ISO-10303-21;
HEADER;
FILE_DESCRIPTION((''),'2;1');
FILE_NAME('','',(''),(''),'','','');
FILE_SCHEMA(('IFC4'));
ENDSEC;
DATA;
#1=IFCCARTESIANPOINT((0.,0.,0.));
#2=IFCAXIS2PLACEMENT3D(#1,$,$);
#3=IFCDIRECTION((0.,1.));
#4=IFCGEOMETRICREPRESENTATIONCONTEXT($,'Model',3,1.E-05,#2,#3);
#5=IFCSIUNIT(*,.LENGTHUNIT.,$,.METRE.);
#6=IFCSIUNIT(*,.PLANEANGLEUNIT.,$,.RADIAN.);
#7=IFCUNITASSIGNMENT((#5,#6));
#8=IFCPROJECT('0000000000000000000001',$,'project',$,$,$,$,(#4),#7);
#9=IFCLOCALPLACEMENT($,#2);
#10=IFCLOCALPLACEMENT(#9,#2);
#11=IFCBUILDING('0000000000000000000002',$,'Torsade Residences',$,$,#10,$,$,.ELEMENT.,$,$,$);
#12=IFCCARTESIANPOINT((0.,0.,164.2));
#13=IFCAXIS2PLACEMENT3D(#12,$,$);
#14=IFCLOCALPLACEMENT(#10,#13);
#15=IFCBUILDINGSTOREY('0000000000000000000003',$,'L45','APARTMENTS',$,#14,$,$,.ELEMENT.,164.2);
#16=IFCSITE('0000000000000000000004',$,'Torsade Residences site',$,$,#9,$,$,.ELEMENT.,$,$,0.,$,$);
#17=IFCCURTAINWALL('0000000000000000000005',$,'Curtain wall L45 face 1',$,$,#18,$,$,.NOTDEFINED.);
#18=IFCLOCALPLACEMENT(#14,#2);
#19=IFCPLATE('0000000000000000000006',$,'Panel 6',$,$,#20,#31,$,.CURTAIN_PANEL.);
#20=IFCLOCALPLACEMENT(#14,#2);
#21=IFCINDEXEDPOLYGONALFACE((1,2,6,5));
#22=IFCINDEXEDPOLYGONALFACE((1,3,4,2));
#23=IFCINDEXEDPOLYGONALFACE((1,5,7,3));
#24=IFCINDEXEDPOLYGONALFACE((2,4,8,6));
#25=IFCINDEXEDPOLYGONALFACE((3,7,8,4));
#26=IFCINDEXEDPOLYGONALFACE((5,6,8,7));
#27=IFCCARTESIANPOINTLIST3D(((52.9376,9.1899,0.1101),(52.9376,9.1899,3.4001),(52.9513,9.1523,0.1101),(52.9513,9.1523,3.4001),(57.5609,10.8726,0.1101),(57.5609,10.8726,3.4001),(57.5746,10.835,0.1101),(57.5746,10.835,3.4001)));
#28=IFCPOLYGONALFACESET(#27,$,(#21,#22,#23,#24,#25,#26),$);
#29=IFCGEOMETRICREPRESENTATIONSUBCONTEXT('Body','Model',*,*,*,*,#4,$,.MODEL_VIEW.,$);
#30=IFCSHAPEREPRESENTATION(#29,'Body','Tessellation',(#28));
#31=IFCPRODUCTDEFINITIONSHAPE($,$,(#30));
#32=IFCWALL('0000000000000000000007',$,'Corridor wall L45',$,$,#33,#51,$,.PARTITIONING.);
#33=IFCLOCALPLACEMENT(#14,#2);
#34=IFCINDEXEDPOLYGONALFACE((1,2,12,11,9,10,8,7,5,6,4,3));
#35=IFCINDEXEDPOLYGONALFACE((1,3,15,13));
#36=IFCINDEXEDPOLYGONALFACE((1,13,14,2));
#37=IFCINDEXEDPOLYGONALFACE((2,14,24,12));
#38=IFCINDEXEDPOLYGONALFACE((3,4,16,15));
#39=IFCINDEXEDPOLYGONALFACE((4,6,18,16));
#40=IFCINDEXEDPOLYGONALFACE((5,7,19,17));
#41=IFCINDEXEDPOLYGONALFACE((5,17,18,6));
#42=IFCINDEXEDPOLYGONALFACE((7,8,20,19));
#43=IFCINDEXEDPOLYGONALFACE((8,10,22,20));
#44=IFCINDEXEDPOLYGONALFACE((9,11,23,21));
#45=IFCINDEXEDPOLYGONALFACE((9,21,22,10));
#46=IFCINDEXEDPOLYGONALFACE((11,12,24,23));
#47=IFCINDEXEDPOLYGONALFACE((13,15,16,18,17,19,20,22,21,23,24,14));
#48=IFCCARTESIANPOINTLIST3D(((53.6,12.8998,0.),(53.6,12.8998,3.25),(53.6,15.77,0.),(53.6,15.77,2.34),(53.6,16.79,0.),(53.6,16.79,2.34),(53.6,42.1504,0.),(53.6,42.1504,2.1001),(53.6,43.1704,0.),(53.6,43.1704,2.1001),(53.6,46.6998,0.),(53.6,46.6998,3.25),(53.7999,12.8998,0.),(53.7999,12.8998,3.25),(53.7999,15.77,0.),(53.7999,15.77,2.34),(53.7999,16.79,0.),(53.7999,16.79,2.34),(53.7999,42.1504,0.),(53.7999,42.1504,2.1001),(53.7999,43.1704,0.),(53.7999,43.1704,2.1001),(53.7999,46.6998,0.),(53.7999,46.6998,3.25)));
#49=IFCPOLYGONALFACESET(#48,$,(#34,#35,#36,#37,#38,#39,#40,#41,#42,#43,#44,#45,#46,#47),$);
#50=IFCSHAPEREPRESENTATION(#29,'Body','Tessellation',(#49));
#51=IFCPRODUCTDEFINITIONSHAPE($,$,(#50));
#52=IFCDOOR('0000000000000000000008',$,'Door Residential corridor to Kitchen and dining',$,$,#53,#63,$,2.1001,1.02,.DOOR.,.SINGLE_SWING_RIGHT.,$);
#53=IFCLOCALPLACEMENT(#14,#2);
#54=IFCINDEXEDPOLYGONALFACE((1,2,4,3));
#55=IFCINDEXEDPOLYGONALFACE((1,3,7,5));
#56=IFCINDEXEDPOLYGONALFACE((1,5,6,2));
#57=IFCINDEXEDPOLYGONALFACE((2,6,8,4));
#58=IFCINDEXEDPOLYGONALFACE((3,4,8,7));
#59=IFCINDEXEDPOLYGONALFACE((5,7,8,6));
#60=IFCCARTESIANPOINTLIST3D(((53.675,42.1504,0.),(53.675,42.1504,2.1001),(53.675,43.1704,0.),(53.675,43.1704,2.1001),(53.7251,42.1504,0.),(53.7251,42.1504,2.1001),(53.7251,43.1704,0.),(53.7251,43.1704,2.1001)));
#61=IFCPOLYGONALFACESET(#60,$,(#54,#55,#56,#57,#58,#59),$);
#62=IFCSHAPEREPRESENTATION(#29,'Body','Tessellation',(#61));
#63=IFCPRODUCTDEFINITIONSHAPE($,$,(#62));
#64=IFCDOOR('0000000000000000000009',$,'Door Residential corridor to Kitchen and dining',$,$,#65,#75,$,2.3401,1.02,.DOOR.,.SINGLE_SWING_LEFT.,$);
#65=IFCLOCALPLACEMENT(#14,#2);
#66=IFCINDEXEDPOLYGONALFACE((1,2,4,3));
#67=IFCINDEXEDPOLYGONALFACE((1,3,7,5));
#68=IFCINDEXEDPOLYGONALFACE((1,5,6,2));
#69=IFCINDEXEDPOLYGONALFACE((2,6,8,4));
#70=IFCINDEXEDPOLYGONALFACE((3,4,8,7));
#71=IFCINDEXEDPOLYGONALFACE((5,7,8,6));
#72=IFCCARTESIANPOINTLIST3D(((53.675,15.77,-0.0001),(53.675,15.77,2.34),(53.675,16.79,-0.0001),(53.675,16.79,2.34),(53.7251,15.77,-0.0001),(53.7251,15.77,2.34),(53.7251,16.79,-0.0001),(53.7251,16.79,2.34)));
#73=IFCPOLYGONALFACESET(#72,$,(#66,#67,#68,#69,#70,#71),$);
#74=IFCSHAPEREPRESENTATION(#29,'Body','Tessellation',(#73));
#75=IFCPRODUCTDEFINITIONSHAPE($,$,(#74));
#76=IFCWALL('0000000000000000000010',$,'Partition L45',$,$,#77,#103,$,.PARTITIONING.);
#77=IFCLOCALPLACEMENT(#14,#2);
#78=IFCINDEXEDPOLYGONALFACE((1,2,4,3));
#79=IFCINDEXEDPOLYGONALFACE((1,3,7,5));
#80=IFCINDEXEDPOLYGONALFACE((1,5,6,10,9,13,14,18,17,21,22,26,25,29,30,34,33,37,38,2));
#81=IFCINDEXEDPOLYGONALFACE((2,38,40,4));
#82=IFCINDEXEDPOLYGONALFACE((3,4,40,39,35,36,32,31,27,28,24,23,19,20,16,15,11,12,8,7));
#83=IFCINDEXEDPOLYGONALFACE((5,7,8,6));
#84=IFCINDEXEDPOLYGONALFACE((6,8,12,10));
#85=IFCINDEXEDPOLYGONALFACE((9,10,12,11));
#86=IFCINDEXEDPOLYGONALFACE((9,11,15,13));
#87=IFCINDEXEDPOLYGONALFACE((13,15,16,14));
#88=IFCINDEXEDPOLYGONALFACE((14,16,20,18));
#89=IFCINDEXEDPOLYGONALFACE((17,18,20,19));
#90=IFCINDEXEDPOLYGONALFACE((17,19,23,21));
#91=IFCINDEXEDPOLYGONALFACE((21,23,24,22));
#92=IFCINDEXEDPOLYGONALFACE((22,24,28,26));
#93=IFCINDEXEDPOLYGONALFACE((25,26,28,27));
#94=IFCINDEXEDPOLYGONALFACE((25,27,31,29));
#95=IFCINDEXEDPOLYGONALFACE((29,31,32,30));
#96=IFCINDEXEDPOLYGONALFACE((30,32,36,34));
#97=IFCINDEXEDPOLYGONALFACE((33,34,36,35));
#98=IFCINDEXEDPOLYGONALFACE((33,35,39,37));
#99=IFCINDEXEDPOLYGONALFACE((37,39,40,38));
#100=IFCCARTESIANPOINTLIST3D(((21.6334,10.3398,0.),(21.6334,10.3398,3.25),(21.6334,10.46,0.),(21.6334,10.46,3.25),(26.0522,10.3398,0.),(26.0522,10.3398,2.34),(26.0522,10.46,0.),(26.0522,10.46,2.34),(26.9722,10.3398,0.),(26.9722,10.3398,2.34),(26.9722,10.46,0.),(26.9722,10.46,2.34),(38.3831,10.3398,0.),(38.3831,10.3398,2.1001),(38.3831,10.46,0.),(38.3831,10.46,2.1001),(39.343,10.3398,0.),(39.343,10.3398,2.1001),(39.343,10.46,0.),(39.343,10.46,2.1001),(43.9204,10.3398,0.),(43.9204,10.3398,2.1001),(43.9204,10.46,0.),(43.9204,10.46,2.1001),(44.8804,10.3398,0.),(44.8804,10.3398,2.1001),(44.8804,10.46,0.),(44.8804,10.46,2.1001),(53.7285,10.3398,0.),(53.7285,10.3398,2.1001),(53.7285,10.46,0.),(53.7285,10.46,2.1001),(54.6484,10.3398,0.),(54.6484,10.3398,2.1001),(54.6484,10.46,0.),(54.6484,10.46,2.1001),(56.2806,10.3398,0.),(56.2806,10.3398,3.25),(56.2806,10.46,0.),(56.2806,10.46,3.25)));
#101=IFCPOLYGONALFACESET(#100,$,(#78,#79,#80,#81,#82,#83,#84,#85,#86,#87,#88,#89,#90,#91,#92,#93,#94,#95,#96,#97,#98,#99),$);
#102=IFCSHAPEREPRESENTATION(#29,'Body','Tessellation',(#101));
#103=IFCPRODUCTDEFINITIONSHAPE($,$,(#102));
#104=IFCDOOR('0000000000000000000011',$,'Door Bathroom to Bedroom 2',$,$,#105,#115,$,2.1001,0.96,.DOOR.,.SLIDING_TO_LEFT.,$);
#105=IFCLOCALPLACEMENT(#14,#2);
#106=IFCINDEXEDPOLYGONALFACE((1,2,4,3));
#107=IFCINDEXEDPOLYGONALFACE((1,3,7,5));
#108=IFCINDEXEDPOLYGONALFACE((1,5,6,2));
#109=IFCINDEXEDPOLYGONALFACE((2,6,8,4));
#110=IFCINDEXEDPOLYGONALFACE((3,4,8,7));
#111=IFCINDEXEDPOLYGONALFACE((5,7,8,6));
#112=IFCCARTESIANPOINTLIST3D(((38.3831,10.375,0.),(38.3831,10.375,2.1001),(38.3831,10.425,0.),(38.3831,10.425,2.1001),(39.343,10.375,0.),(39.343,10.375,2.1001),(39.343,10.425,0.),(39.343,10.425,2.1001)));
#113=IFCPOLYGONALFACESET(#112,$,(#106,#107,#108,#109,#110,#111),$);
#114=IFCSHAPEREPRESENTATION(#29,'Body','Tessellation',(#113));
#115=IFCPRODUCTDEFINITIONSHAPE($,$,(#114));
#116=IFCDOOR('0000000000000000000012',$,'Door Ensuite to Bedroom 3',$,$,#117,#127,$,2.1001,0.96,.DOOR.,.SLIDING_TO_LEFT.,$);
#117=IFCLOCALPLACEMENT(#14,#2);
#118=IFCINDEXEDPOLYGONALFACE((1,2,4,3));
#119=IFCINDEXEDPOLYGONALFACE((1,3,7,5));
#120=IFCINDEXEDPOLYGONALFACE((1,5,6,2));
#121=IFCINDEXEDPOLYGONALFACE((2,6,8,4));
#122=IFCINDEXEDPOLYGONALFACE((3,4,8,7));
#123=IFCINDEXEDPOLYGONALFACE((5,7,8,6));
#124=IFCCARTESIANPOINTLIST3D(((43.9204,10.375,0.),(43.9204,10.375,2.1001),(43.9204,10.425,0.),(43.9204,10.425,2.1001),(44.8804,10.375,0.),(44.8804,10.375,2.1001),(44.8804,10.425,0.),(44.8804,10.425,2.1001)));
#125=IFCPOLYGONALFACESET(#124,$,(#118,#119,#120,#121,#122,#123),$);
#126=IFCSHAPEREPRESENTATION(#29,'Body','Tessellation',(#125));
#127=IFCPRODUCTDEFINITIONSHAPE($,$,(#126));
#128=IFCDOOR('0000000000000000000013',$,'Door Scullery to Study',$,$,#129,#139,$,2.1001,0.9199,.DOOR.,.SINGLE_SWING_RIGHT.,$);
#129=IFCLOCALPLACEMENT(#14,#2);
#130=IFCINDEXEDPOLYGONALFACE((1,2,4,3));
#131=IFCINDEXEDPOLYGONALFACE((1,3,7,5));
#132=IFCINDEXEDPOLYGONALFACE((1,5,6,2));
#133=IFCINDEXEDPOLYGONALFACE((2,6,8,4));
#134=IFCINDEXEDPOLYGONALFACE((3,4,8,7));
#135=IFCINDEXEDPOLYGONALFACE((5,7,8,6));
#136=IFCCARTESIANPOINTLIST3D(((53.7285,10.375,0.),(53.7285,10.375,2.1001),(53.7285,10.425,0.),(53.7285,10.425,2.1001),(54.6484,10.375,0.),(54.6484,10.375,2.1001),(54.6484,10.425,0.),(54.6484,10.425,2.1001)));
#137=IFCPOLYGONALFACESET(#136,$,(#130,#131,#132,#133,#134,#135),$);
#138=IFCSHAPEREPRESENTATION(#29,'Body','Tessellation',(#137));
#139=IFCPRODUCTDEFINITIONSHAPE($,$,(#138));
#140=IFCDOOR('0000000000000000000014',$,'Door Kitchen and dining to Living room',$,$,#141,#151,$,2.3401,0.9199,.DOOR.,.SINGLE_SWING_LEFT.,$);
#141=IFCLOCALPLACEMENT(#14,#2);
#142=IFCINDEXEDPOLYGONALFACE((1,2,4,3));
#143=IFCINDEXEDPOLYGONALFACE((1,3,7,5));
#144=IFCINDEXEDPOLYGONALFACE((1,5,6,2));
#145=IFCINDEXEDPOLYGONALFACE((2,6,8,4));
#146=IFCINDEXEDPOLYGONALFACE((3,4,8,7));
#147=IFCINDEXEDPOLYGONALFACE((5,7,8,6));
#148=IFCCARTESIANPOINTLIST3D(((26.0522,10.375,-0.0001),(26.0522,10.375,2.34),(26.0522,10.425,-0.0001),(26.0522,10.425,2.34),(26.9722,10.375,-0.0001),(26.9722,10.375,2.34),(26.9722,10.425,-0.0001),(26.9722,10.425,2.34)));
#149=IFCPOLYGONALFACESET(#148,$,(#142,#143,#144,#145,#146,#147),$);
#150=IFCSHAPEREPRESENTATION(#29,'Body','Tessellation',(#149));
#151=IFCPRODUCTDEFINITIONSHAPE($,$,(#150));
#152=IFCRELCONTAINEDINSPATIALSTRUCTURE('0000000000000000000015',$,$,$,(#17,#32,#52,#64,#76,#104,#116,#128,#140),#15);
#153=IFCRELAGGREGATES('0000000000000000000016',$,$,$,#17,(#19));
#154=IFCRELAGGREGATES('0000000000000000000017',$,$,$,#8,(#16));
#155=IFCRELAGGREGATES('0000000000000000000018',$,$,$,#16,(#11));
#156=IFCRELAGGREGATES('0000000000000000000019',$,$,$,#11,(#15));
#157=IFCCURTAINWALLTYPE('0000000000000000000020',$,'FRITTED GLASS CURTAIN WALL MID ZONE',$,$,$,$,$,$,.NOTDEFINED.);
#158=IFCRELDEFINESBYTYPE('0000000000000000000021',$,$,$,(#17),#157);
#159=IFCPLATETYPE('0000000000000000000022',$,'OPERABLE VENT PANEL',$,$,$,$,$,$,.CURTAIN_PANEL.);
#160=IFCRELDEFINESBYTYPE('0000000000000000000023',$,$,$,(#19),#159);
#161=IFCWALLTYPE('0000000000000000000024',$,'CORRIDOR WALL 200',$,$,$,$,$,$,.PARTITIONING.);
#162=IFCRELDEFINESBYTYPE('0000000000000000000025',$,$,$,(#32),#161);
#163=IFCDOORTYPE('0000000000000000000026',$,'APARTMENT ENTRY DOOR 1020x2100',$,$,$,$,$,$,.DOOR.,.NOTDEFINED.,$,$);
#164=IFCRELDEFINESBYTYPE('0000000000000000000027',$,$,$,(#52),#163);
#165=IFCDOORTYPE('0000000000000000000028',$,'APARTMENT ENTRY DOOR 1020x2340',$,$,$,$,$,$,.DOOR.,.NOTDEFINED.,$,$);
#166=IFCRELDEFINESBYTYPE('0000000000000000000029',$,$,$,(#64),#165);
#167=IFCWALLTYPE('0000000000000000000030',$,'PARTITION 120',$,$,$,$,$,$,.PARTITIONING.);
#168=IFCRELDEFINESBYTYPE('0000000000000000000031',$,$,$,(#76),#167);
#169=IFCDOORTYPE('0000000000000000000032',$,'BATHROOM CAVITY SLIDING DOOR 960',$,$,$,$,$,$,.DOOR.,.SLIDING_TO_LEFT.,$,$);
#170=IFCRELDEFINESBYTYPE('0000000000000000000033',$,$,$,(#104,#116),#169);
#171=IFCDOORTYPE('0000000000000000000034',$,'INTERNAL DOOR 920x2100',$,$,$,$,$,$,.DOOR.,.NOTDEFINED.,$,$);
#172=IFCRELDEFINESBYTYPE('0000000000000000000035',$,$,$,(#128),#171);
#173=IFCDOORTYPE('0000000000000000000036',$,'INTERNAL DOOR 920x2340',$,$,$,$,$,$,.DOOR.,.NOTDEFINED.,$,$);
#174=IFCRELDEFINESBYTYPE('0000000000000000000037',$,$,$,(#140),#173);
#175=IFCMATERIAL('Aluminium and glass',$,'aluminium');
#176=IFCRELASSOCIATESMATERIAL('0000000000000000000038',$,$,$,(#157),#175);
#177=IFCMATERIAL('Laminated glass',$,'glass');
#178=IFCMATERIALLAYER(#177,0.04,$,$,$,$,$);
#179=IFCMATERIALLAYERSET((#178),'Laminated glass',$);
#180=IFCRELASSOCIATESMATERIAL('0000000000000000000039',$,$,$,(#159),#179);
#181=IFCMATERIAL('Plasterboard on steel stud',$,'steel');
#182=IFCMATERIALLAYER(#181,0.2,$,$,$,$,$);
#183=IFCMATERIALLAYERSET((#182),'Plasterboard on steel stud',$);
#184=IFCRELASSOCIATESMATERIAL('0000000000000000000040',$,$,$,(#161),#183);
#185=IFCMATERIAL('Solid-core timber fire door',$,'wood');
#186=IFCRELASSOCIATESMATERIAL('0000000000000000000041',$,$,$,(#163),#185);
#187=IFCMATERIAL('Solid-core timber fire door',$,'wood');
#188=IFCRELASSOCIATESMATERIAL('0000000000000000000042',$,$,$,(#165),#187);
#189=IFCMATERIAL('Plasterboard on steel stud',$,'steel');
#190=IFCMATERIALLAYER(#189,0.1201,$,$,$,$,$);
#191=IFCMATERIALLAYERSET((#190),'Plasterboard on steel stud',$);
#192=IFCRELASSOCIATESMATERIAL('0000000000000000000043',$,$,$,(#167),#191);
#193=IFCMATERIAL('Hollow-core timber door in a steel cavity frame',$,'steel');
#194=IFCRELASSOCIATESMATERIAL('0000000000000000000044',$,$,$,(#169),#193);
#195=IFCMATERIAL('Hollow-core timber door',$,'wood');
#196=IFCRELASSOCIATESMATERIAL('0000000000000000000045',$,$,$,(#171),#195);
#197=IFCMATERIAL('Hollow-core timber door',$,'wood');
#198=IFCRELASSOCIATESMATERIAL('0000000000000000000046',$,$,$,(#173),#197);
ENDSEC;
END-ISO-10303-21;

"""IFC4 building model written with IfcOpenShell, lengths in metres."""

from ifc_helpers import new_model, si_unit, direction, frame, frame_2d, origin, origin_2d, place, context, subcontext, project, spatial, rectangle, extrude, material, layer, layer_set, type_object, element, fill, aggregate, save


model = new_model("IFC4")

# Units and contexts
model_context = context("Model", 3, precision=1e-05, world=origin(), true_north=direction((0.0, 1.0)))
body_context = subcontext(model_context, "Body", "Model", "MODEL_VIEW")
ifc_project = project(units=[si_unit("LENGTHUNIT", "METRE"), si_unit("PLANEANGLEUNIT", "RADIAN")], contexts=[model_context])

# Site, building, storey
site_placement = place(None, origin())
site = spatial("IfcSite", under=ifc_project, at=site_placement, Name="Torsade Residences site", CompositionType="ELEMENT", RefElevation=0.0)
building_placement = place(site_placement, origin())
building = spatial("IfcBuilding", under=site, at=building_placement, Name="Torsade Residences", CompositionType="ELEMENT")
storey_placement = place(building_placement, frame((0.0, 0.0, 164.2)))
storey = spatial("IfcBuildingStorey", under=building, at=storey_placement, Name="L45", Description="APARTMENTS", CompositionType="ELEMENT", Elevation=164.2)

# Curtain wall
ifc_material_1 = material(Name="Aluminium and glass", Category="aluminium")
curtain_wall_type = type_object("IfcCurtainWallType", Name="FRITTED GLASS CURTAIN WALL MID ZONE", PredefinedType="NOTDEFINED", material=ifc_material_1)
curtain_wall_placement = place(storey_placement, origin())
curtain_wall = element("IfcCurtainWall", 1, at=curtain_wall_placement, inside=storey, type_object=curtain_wall_type, Name="Curtain wall L45 face 1", PredefinedType="NOTDEFINED")

# Plate
ifc_material_2 = material(Name="Laminated glass", Category="glass")
ifc_layer_1 = layer(ifc_material_2, 0.04)
ifc_layer_set_1 = layer_set([ifc_layer_1], Name="Laminated glass")
plate_type = type_object("IfcPlateType", Name="OPERABLE VENT PANEL", PredefinedType="CURTAIN_PANEL", material=ifc_layer_set_1)
plate_placement = place(storey_placement, frame((55.2561, 10.0125, 0.1101), z_axis=(0.0, 0.0, 1.0), x_axis=(0.939693, 0.34202, 0.0)))
plate = element("IfcPlate", 2, at=plate_placement, type_object=plate_type, Name="Panel 6", PredefinedType="CURTAIN_PANEL", context=body_context, shape_type="SweptSolid", body=[
    extrude(rectangle(XDim=4.9199, YDim=0.04, at=origin_2d()), origin(), (0.0, 0.0, 1.0), 3.29),
])
aggregate(curtain_wall, [plate])

# Walls, openings, doors
ifc_material_3 = material(Name="Plasterboard on steel stud", Category="steel")
ifc_layer_2 = layer(ifc_material_3, 0.2)
ifc_layer_set_2 = layer_set([ifc_layer_2], Name="Plasterboard on steel stud")
wall_type_1 = type_object("IfcWallType", Name="CORRIDOR WALL 200", PredefinedType="PARTITIONING", material=ifc_layer_set_2)
wall_1_placement = place(storey_placement, frame((53.7, 12.8999, 0.0), z_axis=(0.0, 0.0, 1.0), x_axis=(0.0, 1.0, 0.0)))
wall_1 = element("IfcWall", 3, at=wall_1_placement, inside=storey, type_object=wall_type_1, Name="Corridor wall L45", PredefinedType="PARTITIONING", context=body_context, shape_type="SweptSolid", body=[
    extrude(rectangle(XDim=33.8, YDim=0.2, at=frame_2d((16.8999, 0.0))), origin(), (0.0, 0.0, 1.0), 3.25),
])
opening_1_placement = place(wall_1_placement, frame((29.2505, 0.0, 0.0)))
opening_1 = element("IfcOpeningElement", 4, at=opening_1_placement, cuts=wall_1, PredefinedType="OPENING", context=body_context, shape_type="SweptSolid", body=[
    extrude(rectangle(XDim=1.02, YDim=2.1001, at=frame_2d((0.51, 1.05))), frame((0.0, 0.1099, 0.0), z_axis=(0.0, -1.0, 0.0), x_axis=(1.0, 0.0, 0.0)), (0.0, 0.0, 1.0), 0.22),
])
opening_2_placement = place(wall_1_placement, frame((2.8701, 0.0, 0.0)))
opening_2 = element("IfcOpeningElement", 5, at=opening_2_placement, cuts=wall_1, PredefinedType="OPENING", context=body_context, shape_type="SweptSolid", body=[
    extrude(rectangle(XDim=1.02, YDim=2.3401, at=frame_2d((0.51, 1.1699))), frame((0.0, 0.1099, 0.0), z_axis=(0.0, -1.0, 0.0), x_axis=(1.0, 0.0, 0.0)), (0.0, 0.0, 1.0), 0.22),
])
ifc_material_4 = material(Name="Solid-core timber fire door", Category="wood")
door_type_1 = type_object("IfcDoorType", Name="APARTMENT ENTRY DOOR 1020x2100", OperationType="NOTDEFINED", PredefinedType="DOOR", material=ifc_material_4)
door_1_placement = place(opening_1_placement, origin())
door_1 = element("IfcDoor", 6, at=door_1_placement, inside=storey, type_object=door_type_1, Name="Door Residential corridor to Kitchen and dining", OperationType="SINGLE_SWING_RIGHT", OverallHeight=2.1001, OverallWidth=1.02, PredefinedType="DOOR", context=body_context, shape_type="SweptSolid", body=[
    extrude(rectangle(XDim=1.02, YDim=2.1001, at=frame_2d((0.51, 1.05))), frame((0.0, 0.0249, 0.0), z_axis=(0.0, -1.0, 0.0), x_axis=(1.0, 0.0, 0.0)), (0.0, 0.0, 1.0), 0.05),
])
fill(opening_1, door_1)
ifc_material_5 = material(Name="Solid-core timber fire door", Category="wood")
door_type_2 = type_object("IfcDoorType", Name="APARTMENT ENTRY DOOR 1020x2340", OperationType="NOTDEFINED", PredefinedType="DOOR", material=ifc_material_5)
door_2_placement = place(opening_2_placement, origin())
door_2 = element("IfcDoor", 7, at=door_2_placement, inside=storey, type_object=door_type_2, Name="Door Residential corridor to Kitchen and dining", OperationType="SINGLE_SWING_LEFT", OverallHeight=2.3401, OverallWidth=1.02, PredefinedType="DOOR", context=body_context, shape_type="SweptSolid", body=[
    extrude(rectangle(XDim=1.02, YDim=2.3401, at=frame_2d((0.51, 1.1699))), frame((0.0, 0.0249, 0.0), z_axis=(0.0, -1.0, 0.0), x_axis=(1.0, 0.0, 0.0)), (0.0, 0.0, 1.0), 0.05),
])
fill(opening_2, door_2)
ifc_material_6 = material(Name="Plasterboard on steel stud", Category="steel")
ifc_layer_3 = layer(ifc_material_6, 0.1201)
ifc_layer_set_3 = layer_set([ifc_layer_3], Name="Plasterboard on steel stud")
wall_type_2 = type_object("IfcWallType", Name="PARTITION 120", PredefinedType="PARTITIONING", material=ifc_layer_set_3)
wall_2_placement = place(storey_placement, frame((56.2808, 10.3999, 0.0), z_axis=(0.0, 0.0, 1.0), x_axis=(-1.0, 0.0, 0.0)))
wall_2 = element("IfcWall", 8, at=wall_2_placement, inside=storey, type_object=wall_type_2, Name="Partition L45", PredefinedType="PARTITIONING", context=body_context, shape_type="SweptSolid", body=[
    extrude(rectangle(XDim=34.6472, YDim=0.1201, at=frame_2d((17.3237, 0.0))), origin(), (0.0, 0.0, 1.0), 3.25),
])
opening_3_placement = place(wall_2_placement, frame((29.3086, 0.0, 0.0)))
opening_3 = element("IfcOpeningElement", 9, at=opening_3_placement, cuts=wall_2, PredefinedType="OPENING", context=body_context, shape_type="SweptSolid", body=[
    extrude(rectangle(XDim=0.9199, YDim=2.3401, at=frame_2d((0.46, 1.1699))), frame((0.0, 0.0701, 0.0), z_axis=(0.0, -1.0, 0.0), x_axis=(1.0, 0.0, 0.0)), (0.0, 0.0, 1.0), 0.1401),
])
opening_4_placement = place(wall_2_placement, frame((1.6323, 0.0, 0.0)))
opening_4 = element("IfcOpeningElement", 10, at=opening_4_placement, cuts=wall_2, PredefinedType="OPENING", context=body_context, shape_type="SweptSolid", body=[
    extrude(rectangle(XDim=0.9199, YDim=2.1001, at=frame_2d((0.46, 1.05))), frame((0.0, 0.0701, 0.0), z_axis=(0.0, -1.0, 0.0), x_axis=(1.0, 0.0, 0.0)), (0.0, 0.0, 1.0), 0.1401),
])
opening_5_placement = place(wall_2_placement, frame((16.9377, 0.0, 0.0)))
opening_5 = element("IfcOpeningElement", 11, at=opening_5_placement, cuts=wall_2, PredefinedType="OPENING", context=body_context, shape_type="SweptSolid", body=[
    extrude(rectangle(XDim=0.96, YDim=2.1001, at=frame_2d((0.48, 1.05))), frame((0.0, 0.0701, 0.0), z_axis=(0.0, -1.0, 0.0), x_axis=(1.0, 0.0, 0.0)), (0.0, 0.0, 1.0), 0.1401),
])
opening_6_placement = place(wall_2_placement, frame((11.4004, 0.0, 0.0)))
opening_6 = element("IfcOpeningElement", 12, at=opening_6_placement, cuts=wall_2, PredefinedType="OPENING", context=body_context, shape_type="SweptSolid", body=[
    extrude(rectangle(XDim=0.96, YDim=2.1001, at=frame_2d((0.48, 1.05))), frame((0.0, 0.0701, 0.0), z_axis=(0.0, -1.0, 0.0), x_axis=(1.0, 0.0, 0.0)), (0.0, 0.0, 1.0), 0.1401),
])
ifc_material_7 = material(Name="Hollow-core timber door in a steel cavity frame", Category="steel")
door_type_3 = type_object("IfcDoorType", Name="BATHROOM CAVITY SLIDING DOOR 960", OperationType="SLIDING_TO_LEFT", PredefinedType="DOOR", material=ifc_material_7)
door_3_placement = place(opening_5_placement, origin())
door_3 = element("IfcDoor", 13, at=door_3_placement, inside=storey, type_object=door_type_3, Name="Door Bathroom to Bedroom 2", OperationType="SLIDING_TO_LEFT", OverallHeight=2.1001, OverallWidth=0.96, PredefinedType="DOOR", context=body_context, shape_type="SweptSolid", body=[
    extrude(rectangle(XDim=0.96, YDim=2.1001, at=frame_2d((0.48, 1.05))), frame((0.0, 0.0249, 0.0), z_axis=(0.0, -1.0, 0.0), x_axis=(1.0, 0.0, 0.0)), (0.0, 0.0, 1.0), 0.05),
])
fill(opening_5, door_3)
door_4_placement = place(opening_6_placement, origin())
door_4 = element("IfcDoor", 14, at=door_4_placement, inside=storey, type_object=door_type_3, Name="Door Ensuite to Bedroom 3", OperationType="SLIDING_TO_LEFT", OverallHeight=2.1001, OverallWidth=0.96, PredefinedType="DOOR", context=body_context, shape_type="SweptSolid", body=[
    extrude(rectangle(XDim=0.96, YDim=2.1001, at=frame_2d((0.48, 1.05))), frame((0.0, 0.0249, 0.0), z_axis=(0.0, -1.0, 0.0), x_axis=(1.0, 0.0, 0.0)), (0.0, 0.0, 1.0), 0.05),
])
fill(opening_6, door_4)
ifc_material_8 = material(Name="Hollow-core timber door", Category="wood")
door_type_4 = type_object("IfcDoorType", Name="INTERNAL DOOR 920x2100", OperationType="NOTDEFINED", PredefinedType="DOOR", material=ifc_material_8)
door_5_placement = place(opening_4_placement, origin())
door_5 = element("IfcDoor", 15, at=door_5_placement, inside=storey, type_object=door_type_4, Name="Door Scullery to Study", OperationType="SINGLE_SWING_RIGHT", OverallHeight=2.1001, OverallWidth=0.9199, PredefinedType="DOOR", context=body_context, shape_type="SweptSolid", body=[
    extrude(rectangle(XDim=0.9199, YDim=2.1001, at=frame_2d((0.46, 1.05))), frame((0.0, 0.0249, 0.0), z_axis=(0.0, -1.0, 0.0), x_axis=(1.0, 0.0, 0.0)), (0.0, 0.0, 1.0), 0.05),
])
fill(opening_4, door_5)
ifc_material_9 = material(Name="Hollow-core timber door", Category="wood")
door_type_5 = type_object("IfcDoorType", Name="INTERNAL DOOR 920x2340", OperationType="NOTDEFINED", PredefinedType="DOOR", material=ifc_material_9)
door_6_placement = place(opening_3_placement, origin())
door_6 = element("IfcDoor", 16, at=door_6_placement, inside=storey, type_object=door_type_5, Name="Door Kitchen and dining to Living room", OperationType="SINGLE_SWING_LEFT", OverallHeight=2.3401, OverallWidth=0.9199, PredefinedType="DOOR", context=body_context, shape_type="SweptSolid", body=[
    extrude(rectangle(XDim=0.9199, YDim=2.3401, at=frame_2d((0.46, 1.1699))), frame((0.0, 0.0249, 0.0), z_axis=(0.0, -1.0, 0.0), x_axis=(1.0, 0.0, 0.0)), (0.0, 0.0, 1.0), 0.05),
])
fill(opening_3, door_6)

save(model, "model.ifc")
